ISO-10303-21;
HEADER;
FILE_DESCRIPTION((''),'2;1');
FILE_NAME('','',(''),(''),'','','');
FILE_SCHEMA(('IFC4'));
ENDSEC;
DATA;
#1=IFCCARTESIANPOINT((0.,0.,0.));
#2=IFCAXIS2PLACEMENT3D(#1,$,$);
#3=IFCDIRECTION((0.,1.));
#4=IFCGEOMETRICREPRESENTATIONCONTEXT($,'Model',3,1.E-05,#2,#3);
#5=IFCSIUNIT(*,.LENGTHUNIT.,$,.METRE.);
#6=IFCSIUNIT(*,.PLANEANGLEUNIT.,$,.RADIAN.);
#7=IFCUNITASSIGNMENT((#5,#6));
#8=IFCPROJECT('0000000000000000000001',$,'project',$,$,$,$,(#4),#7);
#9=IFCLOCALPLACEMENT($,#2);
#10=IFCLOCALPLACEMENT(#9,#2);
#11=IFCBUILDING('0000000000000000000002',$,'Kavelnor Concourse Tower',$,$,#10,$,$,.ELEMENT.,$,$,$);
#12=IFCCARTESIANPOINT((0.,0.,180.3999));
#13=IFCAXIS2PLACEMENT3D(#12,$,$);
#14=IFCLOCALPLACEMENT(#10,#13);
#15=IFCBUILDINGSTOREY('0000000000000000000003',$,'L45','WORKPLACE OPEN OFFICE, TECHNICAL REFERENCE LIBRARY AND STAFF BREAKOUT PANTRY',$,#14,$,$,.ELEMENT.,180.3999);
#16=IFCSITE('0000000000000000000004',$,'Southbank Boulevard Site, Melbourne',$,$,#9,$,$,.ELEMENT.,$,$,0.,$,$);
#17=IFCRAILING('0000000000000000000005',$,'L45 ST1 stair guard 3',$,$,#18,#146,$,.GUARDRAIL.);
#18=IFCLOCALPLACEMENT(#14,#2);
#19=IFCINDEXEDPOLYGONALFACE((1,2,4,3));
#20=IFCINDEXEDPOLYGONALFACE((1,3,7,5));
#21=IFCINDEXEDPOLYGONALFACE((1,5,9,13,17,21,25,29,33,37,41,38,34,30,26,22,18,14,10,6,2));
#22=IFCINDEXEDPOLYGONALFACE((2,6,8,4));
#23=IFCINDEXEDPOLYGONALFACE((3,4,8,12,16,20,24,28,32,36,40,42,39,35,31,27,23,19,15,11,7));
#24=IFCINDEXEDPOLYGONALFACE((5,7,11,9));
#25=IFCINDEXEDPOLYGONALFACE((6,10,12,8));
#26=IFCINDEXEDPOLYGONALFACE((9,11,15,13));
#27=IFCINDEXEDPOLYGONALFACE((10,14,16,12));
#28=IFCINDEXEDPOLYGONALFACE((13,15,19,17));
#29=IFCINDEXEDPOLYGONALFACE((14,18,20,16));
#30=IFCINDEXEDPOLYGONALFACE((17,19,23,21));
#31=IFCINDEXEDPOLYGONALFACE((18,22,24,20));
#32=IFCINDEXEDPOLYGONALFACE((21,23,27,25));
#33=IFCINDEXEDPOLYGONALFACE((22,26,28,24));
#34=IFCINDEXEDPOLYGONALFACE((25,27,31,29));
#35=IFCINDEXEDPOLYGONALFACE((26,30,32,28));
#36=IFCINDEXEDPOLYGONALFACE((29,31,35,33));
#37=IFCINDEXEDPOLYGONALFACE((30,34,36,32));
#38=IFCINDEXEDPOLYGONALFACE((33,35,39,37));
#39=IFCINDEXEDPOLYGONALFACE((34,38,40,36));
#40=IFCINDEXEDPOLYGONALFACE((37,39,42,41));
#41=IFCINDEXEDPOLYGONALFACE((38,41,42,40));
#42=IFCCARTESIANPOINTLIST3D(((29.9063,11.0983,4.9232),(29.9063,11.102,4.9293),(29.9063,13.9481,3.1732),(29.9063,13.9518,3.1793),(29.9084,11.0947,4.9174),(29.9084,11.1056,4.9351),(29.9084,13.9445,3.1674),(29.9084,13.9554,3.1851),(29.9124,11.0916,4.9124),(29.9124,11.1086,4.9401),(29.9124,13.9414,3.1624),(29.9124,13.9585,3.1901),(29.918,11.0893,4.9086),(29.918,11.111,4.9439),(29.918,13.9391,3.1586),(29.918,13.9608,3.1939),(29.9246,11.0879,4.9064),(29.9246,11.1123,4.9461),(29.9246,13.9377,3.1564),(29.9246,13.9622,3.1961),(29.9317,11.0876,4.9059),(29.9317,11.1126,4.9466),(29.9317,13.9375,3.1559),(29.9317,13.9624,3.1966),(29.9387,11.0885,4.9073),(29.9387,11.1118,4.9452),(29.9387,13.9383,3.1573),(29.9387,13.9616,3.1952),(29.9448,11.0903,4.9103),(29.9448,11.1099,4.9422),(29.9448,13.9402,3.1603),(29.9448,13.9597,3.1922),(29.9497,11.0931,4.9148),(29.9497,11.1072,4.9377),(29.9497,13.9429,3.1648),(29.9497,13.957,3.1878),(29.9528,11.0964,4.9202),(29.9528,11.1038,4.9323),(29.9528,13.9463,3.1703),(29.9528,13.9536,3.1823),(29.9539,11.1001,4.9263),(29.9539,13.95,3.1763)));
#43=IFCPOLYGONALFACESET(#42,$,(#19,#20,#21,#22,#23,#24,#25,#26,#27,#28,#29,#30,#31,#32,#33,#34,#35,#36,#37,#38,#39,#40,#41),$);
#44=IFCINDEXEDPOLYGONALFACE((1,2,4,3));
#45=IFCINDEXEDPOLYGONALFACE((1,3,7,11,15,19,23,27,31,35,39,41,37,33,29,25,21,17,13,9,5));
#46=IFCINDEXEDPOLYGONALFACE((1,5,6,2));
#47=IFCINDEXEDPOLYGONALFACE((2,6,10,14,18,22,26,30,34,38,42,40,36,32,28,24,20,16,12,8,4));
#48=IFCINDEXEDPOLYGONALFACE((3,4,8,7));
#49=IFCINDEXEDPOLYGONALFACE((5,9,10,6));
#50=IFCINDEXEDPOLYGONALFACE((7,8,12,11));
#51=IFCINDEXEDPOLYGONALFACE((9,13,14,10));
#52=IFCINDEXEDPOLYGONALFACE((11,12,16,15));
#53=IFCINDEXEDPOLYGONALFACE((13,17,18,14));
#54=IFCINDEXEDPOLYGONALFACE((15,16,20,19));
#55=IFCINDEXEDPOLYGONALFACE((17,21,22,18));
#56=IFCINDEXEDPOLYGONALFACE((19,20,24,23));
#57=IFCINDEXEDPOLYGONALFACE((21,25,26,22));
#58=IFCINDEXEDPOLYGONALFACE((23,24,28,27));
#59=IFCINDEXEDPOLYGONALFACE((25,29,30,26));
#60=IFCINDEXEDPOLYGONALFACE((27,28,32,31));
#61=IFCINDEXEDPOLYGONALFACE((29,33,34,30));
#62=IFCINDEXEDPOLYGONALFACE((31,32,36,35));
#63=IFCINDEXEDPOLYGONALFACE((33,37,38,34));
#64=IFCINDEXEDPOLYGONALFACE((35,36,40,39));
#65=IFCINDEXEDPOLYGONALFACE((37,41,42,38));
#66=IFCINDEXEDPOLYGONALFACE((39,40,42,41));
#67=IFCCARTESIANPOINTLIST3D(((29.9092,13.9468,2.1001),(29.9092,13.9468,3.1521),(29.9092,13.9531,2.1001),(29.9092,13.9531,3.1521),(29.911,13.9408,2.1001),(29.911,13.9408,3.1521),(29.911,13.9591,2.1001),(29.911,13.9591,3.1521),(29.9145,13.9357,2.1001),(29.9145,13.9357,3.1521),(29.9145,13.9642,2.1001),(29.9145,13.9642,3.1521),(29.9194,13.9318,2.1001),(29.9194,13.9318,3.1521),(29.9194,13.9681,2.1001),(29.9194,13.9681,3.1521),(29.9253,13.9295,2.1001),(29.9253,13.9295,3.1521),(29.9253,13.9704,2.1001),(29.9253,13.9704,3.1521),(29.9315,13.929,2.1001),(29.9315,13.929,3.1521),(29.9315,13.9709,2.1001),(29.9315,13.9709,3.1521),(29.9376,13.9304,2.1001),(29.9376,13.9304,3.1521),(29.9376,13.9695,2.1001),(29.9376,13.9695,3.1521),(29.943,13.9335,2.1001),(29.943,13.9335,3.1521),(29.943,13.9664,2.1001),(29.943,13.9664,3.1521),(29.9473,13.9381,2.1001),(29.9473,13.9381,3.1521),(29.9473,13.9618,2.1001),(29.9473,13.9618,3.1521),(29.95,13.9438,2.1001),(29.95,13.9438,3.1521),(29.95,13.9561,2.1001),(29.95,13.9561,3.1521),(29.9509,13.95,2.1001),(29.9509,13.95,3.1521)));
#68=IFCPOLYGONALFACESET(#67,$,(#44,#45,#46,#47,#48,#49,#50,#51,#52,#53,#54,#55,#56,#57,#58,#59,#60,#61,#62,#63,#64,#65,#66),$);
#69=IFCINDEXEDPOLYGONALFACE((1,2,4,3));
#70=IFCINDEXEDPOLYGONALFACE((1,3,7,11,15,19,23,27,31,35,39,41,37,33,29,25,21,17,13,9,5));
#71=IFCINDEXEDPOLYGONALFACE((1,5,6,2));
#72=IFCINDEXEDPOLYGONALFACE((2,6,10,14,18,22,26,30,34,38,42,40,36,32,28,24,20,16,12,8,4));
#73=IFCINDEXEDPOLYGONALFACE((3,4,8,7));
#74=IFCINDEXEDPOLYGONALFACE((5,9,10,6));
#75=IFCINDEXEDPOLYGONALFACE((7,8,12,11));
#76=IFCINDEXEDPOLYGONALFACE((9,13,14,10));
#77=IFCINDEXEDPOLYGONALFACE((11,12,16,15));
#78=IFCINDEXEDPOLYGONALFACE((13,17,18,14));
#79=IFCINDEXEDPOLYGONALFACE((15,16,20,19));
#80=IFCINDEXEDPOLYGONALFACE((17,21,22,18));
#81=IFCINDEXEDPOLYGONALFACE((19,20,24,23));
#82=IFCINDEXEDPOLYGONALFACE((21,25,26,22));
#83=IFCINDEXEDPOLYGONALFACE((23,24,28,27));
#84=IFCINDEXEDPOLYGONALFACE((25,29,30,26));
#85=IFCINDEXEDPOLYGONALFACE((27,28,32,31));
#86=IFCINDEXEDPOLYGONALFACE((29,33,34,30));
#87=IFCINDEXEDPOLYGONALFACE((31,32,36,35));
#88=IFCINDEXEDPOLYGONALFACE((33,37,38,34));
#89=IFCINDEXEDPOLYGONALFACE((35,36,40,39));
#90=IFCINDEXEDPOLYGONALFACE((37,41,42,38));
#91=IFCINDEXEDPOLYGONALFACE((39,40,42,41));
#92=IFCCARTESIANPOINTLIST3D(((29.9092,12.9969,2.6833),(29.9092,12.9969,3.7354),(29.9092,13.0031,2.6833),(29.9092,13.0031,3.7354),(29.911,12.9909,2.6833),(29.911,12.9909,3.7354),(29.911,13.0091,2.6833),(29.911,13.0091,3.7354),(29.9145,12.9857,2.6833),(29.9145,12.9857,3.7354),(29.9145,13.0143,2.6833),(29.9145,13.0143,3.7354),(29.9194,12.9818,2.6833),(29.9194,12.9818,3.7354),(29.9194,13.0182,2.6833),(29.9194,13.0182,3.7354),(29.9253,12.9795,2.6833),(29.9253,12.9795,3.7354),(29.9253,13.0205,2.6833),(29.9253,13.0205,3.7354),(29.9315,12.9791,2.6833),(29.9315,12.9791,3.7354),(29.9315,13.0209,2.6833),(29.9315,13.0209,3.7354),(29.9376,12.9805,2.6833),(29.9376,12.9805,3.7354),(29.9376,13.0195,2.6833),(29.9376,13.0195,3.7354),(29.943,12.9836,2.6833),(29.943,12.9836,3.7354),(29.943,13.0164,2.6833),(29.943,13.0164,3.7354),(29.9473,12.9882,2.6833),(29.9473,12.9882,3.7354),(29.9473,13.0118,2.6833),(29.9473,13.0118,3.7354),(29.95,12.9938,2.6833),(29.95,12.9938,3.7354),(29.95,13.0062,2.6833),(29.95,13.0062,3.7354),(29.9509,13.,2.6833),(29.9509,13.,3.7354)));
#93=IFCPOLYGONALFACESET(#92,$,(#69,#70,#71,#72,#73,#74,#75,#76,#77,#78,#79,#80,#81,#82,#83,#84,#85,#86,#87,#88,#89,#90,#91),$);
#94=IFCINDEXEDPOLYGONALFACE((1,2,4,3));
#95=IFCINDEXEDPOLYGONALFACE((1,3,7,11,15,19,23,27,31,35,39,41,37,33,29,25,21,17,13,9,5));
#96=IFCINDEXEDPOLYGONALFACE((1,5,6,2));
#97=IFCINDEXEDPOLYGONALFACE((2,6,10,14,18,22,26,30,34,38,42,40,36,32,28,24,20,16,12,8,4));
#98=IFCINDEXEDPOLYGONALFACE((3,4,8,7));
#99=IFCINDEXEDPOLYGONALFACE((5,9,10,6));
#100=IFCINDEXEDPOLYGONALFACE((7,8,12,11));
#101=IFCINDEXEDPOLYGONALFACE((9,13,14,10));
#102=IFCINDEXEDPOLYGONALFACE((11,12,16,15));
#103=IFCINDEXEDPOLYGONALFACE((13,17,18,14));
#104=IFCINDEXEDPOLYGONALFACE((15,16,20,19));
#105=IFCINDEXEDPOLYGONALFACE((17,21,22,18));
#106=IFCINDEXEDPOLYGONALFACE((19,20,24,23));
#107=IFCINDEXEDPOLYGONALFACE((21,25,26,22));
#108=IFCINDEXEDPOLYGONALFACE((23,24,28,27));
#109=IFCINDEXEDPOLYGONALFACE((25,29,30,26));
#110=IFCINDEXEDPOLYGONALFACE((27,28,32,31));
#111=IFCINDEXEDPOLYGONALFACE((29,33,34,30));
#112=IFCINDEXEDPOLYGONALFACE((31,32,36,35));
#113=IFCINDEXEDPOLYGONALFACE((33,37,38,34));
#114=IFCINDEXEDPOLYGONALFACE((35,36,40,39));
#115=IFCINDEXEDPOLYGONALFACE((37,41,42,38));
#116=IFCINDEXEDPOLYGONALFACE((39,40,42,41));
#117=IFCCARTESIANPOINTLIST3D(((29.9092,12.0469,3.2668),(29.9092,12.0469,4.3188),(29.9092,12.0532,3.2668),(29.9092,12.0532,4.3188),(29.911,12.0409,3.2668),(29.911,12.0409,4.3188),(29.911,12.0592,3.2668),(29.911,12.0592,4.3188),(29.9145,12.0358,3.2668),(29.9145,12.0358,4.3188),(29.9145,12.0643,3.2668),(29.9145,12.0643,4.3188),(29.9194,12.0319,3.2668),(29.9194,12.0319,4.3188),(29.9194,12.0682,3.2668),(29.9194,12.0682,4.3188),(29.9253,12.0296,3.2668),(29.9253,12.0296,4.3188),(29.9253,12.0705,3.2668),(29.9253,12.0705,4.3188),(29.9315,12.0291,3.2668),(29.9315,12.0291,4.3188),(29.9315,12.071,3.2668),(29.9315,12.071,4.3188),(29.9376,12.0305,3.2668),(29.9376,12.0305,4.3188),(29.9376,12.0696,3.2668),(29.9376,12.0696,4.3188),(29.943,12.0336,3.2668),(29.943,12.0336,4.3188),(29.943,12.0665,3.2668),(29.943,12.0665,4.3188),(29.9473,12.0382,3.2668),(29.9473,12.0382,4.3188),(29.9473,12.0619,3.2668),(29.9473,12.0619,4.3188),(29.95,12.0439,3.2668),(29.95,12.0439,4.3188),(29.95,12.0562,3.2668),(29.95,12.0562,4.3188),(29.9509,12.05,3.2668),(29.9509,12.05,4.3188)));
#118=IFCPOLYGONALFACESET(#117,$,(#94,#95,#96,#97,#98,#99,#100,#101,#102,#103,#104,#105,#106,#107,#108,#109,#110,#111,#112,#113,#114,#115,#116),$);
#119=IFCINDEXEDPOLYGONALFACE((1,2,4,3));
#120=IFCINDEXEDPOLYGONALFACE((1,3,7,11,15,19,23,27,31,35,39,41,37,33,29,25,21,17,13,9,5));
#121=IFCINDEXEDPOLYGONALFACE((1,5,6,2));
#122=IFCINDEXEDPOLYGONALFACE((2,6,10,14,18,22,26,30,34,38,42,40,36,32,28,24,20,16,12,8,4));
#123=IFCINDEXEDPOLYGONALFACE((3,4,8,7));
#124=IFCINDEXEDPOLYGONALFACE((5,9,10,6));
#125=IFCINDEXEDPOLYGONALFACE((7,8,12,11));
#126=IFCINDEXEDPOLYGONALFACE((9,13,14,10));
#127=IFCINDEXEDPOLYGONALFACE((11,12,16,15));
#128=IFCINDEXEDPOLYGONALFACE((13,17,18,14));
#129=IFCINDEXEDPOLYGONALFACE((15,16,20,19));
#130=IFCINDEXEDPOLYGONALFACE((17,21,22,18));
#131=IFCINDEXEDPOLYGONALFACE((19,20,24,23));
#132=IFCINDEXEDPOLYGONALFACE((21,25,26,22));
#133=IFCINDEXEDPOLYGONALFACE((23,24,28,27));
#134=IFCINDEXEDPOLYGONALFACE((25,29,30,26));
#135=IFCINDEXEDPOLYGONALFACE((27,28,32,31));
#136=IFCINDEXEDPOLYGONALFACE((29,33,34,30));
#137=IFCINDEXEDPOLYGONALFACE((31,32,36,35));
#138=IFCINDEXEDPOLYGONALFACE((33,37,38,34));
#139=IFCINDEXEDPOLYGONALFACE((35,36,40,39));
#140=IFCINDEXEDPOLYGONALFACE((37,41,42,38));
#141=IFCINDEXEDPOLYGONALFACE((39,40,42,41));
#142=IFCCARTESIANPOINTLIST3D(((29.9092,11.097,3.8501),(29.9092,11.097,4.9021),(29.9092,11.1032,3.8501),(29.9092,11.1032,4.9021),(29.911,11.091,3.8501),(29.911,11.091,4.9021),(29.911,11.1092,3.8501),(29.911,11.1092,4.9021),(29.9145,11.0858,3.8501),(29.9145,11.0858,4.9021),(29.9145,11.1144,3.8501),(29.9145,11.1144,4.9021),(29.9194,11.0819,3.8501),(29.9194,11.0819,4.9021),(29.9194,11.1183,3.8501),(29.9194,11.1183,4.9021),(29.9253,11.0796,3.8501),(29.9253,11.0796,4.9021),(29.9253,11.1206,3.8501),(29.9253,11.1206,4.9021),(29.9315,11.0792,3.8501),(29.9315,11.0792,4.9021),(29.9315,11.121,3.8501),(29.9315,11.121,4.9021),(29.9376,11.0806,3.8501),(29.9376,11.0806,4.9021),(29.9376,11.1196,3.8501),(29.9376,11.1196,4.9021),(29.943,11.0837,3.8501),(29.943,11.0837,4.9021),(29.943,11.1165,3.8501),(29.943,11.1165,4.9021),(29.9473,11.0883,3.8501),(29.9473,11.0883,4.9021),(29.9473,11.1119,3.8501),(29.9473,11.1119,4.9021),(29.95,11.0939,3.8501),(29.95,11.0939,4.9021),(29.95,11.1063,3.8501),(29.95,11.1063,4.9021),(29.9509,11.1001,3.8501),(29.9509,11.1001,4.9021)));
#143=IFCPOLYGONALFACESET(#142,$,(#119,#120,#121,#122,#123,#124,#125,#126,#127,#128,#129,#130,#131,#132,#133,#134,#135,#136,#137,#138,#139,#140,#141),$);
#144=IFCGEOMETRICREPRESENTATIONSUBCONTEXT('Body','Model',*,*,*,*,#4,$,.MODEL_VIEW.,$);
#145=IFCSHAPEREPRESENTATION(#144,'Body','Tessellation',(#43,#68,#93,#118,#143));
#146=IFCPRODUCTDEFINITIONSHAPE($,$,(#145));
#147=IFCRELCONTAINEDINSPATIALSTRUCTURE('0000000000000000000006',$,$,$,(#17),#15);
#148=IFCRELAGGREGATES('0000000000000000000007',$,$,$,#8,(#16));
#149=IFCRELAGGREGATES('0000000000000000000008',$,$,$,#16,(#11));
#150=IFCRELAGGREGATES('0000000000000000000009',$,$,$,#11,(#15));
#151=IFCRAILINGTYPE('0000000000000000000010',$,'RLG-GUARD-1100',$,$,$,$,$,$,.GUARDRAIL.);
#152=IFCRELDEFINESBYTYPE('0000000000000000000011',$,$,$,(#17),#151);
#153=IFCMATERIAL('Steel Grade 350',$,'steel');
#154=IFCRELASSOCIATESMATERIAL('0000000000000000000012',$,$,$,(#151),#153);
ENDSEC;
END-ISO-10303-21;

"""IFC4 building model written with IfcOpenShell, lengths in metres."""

from ifc_helpers import new_model, si_unit, direction, frame, origin, origin_2d, place, context, subcontext, project, spatial, circle, extrude, material, type_object, element, save


model = new_model("IFC4")

# Units and contexts
model_context = context("Model", 3, precision=1e-05, world=origin(), true_north=direction((0.0, 1.0)))
body_context = subcontext(model_context, "Body", "Model", "MODEL_VIEW")
ifc_project = project(units=[si_unit("LENGTHUNIT", "METRE"), si_unit("PLANEANGLEUNIT", "RADIAN")], contexts=[model_context])

# Site, building, storey
site_placement = place(None, origin())
site = spatial("IfcSite", under=ifc_project, at=site_placement, Name="Southbank Boulevard Site, Melbourne", CompositionType="ELEMENT", RefElevation=0.0)
building_placement = place(site_placement, origin())
building = spatial("IfcBuilding", under=site, at=building_placement, Name="Kavelnor Concourse Tower", CompositionType="ELEMENT")
storey_placement = place(building_placement, frame((0.0, 0.0, 180.3999)))
storey = spatial("IfcBuildingStorey", under=building, at=storey_placement, Name="L45", Description="WORKPLACE OPEN OFFICE, TECHNICAL REFERENCE LIBRARY AND STAFF BREAKOUT PANTRY", CompositionType="ELEMENT", Elevation=180.3999)

# Shared definitions
ifc_material_1 = material(Name="Steel Grade 350", Category="steel")

# Railing
railing_type_1 = type_object("IfcRailingType", Name="RLG-GUARD-1100", PredefinedType="GUARDRAIL", material=ifc_material_1)
railing_1_placement = place(storey_placement, frame((29.9299, 13.95, 2.1001)))
element("IfcRailing", 1, at=railing_1_placement, inside=storey, type_object=railing_type_1, Name="L45 ST1 stair guard 3", PredefinedType="GUARDRAIL", context=body_context, shape_type="SweptSolid", body=[
    extrude(circle(Radius=0.0239, at=origin_2d()), frame((0.0, 0.0, 1.0762), z_axis=(0.0, -0.852159, 0.523283), x_axis=(1.0, 0.0, 0.0)), (0.0, 0.0, 1.0), 3.3442),
    extrude(circle(Radius=0.021, at=origin_2d()), origin(), (0.0, 0.0, 1.0), 1.052),
    extrude(circle(Radius=0.021, at=origin_2d()), frame((0.0, -0.95, 0.5833)), (0.0, 0.0, 1.0), 1.052),
    extrude(circle(Radius=0.021, at=origin_2d()), frame((0.0, -1.8999, 1.1667)), (0.0, 0.0, 1.0), 1.052),
    extrude(circle(Radius=0.021, at=origin_2d()), frame((0.0, -2.8499, 1.75)), (0.0, 0.0, 1.0), 1.052),
])

save(model, "model.ifc")
